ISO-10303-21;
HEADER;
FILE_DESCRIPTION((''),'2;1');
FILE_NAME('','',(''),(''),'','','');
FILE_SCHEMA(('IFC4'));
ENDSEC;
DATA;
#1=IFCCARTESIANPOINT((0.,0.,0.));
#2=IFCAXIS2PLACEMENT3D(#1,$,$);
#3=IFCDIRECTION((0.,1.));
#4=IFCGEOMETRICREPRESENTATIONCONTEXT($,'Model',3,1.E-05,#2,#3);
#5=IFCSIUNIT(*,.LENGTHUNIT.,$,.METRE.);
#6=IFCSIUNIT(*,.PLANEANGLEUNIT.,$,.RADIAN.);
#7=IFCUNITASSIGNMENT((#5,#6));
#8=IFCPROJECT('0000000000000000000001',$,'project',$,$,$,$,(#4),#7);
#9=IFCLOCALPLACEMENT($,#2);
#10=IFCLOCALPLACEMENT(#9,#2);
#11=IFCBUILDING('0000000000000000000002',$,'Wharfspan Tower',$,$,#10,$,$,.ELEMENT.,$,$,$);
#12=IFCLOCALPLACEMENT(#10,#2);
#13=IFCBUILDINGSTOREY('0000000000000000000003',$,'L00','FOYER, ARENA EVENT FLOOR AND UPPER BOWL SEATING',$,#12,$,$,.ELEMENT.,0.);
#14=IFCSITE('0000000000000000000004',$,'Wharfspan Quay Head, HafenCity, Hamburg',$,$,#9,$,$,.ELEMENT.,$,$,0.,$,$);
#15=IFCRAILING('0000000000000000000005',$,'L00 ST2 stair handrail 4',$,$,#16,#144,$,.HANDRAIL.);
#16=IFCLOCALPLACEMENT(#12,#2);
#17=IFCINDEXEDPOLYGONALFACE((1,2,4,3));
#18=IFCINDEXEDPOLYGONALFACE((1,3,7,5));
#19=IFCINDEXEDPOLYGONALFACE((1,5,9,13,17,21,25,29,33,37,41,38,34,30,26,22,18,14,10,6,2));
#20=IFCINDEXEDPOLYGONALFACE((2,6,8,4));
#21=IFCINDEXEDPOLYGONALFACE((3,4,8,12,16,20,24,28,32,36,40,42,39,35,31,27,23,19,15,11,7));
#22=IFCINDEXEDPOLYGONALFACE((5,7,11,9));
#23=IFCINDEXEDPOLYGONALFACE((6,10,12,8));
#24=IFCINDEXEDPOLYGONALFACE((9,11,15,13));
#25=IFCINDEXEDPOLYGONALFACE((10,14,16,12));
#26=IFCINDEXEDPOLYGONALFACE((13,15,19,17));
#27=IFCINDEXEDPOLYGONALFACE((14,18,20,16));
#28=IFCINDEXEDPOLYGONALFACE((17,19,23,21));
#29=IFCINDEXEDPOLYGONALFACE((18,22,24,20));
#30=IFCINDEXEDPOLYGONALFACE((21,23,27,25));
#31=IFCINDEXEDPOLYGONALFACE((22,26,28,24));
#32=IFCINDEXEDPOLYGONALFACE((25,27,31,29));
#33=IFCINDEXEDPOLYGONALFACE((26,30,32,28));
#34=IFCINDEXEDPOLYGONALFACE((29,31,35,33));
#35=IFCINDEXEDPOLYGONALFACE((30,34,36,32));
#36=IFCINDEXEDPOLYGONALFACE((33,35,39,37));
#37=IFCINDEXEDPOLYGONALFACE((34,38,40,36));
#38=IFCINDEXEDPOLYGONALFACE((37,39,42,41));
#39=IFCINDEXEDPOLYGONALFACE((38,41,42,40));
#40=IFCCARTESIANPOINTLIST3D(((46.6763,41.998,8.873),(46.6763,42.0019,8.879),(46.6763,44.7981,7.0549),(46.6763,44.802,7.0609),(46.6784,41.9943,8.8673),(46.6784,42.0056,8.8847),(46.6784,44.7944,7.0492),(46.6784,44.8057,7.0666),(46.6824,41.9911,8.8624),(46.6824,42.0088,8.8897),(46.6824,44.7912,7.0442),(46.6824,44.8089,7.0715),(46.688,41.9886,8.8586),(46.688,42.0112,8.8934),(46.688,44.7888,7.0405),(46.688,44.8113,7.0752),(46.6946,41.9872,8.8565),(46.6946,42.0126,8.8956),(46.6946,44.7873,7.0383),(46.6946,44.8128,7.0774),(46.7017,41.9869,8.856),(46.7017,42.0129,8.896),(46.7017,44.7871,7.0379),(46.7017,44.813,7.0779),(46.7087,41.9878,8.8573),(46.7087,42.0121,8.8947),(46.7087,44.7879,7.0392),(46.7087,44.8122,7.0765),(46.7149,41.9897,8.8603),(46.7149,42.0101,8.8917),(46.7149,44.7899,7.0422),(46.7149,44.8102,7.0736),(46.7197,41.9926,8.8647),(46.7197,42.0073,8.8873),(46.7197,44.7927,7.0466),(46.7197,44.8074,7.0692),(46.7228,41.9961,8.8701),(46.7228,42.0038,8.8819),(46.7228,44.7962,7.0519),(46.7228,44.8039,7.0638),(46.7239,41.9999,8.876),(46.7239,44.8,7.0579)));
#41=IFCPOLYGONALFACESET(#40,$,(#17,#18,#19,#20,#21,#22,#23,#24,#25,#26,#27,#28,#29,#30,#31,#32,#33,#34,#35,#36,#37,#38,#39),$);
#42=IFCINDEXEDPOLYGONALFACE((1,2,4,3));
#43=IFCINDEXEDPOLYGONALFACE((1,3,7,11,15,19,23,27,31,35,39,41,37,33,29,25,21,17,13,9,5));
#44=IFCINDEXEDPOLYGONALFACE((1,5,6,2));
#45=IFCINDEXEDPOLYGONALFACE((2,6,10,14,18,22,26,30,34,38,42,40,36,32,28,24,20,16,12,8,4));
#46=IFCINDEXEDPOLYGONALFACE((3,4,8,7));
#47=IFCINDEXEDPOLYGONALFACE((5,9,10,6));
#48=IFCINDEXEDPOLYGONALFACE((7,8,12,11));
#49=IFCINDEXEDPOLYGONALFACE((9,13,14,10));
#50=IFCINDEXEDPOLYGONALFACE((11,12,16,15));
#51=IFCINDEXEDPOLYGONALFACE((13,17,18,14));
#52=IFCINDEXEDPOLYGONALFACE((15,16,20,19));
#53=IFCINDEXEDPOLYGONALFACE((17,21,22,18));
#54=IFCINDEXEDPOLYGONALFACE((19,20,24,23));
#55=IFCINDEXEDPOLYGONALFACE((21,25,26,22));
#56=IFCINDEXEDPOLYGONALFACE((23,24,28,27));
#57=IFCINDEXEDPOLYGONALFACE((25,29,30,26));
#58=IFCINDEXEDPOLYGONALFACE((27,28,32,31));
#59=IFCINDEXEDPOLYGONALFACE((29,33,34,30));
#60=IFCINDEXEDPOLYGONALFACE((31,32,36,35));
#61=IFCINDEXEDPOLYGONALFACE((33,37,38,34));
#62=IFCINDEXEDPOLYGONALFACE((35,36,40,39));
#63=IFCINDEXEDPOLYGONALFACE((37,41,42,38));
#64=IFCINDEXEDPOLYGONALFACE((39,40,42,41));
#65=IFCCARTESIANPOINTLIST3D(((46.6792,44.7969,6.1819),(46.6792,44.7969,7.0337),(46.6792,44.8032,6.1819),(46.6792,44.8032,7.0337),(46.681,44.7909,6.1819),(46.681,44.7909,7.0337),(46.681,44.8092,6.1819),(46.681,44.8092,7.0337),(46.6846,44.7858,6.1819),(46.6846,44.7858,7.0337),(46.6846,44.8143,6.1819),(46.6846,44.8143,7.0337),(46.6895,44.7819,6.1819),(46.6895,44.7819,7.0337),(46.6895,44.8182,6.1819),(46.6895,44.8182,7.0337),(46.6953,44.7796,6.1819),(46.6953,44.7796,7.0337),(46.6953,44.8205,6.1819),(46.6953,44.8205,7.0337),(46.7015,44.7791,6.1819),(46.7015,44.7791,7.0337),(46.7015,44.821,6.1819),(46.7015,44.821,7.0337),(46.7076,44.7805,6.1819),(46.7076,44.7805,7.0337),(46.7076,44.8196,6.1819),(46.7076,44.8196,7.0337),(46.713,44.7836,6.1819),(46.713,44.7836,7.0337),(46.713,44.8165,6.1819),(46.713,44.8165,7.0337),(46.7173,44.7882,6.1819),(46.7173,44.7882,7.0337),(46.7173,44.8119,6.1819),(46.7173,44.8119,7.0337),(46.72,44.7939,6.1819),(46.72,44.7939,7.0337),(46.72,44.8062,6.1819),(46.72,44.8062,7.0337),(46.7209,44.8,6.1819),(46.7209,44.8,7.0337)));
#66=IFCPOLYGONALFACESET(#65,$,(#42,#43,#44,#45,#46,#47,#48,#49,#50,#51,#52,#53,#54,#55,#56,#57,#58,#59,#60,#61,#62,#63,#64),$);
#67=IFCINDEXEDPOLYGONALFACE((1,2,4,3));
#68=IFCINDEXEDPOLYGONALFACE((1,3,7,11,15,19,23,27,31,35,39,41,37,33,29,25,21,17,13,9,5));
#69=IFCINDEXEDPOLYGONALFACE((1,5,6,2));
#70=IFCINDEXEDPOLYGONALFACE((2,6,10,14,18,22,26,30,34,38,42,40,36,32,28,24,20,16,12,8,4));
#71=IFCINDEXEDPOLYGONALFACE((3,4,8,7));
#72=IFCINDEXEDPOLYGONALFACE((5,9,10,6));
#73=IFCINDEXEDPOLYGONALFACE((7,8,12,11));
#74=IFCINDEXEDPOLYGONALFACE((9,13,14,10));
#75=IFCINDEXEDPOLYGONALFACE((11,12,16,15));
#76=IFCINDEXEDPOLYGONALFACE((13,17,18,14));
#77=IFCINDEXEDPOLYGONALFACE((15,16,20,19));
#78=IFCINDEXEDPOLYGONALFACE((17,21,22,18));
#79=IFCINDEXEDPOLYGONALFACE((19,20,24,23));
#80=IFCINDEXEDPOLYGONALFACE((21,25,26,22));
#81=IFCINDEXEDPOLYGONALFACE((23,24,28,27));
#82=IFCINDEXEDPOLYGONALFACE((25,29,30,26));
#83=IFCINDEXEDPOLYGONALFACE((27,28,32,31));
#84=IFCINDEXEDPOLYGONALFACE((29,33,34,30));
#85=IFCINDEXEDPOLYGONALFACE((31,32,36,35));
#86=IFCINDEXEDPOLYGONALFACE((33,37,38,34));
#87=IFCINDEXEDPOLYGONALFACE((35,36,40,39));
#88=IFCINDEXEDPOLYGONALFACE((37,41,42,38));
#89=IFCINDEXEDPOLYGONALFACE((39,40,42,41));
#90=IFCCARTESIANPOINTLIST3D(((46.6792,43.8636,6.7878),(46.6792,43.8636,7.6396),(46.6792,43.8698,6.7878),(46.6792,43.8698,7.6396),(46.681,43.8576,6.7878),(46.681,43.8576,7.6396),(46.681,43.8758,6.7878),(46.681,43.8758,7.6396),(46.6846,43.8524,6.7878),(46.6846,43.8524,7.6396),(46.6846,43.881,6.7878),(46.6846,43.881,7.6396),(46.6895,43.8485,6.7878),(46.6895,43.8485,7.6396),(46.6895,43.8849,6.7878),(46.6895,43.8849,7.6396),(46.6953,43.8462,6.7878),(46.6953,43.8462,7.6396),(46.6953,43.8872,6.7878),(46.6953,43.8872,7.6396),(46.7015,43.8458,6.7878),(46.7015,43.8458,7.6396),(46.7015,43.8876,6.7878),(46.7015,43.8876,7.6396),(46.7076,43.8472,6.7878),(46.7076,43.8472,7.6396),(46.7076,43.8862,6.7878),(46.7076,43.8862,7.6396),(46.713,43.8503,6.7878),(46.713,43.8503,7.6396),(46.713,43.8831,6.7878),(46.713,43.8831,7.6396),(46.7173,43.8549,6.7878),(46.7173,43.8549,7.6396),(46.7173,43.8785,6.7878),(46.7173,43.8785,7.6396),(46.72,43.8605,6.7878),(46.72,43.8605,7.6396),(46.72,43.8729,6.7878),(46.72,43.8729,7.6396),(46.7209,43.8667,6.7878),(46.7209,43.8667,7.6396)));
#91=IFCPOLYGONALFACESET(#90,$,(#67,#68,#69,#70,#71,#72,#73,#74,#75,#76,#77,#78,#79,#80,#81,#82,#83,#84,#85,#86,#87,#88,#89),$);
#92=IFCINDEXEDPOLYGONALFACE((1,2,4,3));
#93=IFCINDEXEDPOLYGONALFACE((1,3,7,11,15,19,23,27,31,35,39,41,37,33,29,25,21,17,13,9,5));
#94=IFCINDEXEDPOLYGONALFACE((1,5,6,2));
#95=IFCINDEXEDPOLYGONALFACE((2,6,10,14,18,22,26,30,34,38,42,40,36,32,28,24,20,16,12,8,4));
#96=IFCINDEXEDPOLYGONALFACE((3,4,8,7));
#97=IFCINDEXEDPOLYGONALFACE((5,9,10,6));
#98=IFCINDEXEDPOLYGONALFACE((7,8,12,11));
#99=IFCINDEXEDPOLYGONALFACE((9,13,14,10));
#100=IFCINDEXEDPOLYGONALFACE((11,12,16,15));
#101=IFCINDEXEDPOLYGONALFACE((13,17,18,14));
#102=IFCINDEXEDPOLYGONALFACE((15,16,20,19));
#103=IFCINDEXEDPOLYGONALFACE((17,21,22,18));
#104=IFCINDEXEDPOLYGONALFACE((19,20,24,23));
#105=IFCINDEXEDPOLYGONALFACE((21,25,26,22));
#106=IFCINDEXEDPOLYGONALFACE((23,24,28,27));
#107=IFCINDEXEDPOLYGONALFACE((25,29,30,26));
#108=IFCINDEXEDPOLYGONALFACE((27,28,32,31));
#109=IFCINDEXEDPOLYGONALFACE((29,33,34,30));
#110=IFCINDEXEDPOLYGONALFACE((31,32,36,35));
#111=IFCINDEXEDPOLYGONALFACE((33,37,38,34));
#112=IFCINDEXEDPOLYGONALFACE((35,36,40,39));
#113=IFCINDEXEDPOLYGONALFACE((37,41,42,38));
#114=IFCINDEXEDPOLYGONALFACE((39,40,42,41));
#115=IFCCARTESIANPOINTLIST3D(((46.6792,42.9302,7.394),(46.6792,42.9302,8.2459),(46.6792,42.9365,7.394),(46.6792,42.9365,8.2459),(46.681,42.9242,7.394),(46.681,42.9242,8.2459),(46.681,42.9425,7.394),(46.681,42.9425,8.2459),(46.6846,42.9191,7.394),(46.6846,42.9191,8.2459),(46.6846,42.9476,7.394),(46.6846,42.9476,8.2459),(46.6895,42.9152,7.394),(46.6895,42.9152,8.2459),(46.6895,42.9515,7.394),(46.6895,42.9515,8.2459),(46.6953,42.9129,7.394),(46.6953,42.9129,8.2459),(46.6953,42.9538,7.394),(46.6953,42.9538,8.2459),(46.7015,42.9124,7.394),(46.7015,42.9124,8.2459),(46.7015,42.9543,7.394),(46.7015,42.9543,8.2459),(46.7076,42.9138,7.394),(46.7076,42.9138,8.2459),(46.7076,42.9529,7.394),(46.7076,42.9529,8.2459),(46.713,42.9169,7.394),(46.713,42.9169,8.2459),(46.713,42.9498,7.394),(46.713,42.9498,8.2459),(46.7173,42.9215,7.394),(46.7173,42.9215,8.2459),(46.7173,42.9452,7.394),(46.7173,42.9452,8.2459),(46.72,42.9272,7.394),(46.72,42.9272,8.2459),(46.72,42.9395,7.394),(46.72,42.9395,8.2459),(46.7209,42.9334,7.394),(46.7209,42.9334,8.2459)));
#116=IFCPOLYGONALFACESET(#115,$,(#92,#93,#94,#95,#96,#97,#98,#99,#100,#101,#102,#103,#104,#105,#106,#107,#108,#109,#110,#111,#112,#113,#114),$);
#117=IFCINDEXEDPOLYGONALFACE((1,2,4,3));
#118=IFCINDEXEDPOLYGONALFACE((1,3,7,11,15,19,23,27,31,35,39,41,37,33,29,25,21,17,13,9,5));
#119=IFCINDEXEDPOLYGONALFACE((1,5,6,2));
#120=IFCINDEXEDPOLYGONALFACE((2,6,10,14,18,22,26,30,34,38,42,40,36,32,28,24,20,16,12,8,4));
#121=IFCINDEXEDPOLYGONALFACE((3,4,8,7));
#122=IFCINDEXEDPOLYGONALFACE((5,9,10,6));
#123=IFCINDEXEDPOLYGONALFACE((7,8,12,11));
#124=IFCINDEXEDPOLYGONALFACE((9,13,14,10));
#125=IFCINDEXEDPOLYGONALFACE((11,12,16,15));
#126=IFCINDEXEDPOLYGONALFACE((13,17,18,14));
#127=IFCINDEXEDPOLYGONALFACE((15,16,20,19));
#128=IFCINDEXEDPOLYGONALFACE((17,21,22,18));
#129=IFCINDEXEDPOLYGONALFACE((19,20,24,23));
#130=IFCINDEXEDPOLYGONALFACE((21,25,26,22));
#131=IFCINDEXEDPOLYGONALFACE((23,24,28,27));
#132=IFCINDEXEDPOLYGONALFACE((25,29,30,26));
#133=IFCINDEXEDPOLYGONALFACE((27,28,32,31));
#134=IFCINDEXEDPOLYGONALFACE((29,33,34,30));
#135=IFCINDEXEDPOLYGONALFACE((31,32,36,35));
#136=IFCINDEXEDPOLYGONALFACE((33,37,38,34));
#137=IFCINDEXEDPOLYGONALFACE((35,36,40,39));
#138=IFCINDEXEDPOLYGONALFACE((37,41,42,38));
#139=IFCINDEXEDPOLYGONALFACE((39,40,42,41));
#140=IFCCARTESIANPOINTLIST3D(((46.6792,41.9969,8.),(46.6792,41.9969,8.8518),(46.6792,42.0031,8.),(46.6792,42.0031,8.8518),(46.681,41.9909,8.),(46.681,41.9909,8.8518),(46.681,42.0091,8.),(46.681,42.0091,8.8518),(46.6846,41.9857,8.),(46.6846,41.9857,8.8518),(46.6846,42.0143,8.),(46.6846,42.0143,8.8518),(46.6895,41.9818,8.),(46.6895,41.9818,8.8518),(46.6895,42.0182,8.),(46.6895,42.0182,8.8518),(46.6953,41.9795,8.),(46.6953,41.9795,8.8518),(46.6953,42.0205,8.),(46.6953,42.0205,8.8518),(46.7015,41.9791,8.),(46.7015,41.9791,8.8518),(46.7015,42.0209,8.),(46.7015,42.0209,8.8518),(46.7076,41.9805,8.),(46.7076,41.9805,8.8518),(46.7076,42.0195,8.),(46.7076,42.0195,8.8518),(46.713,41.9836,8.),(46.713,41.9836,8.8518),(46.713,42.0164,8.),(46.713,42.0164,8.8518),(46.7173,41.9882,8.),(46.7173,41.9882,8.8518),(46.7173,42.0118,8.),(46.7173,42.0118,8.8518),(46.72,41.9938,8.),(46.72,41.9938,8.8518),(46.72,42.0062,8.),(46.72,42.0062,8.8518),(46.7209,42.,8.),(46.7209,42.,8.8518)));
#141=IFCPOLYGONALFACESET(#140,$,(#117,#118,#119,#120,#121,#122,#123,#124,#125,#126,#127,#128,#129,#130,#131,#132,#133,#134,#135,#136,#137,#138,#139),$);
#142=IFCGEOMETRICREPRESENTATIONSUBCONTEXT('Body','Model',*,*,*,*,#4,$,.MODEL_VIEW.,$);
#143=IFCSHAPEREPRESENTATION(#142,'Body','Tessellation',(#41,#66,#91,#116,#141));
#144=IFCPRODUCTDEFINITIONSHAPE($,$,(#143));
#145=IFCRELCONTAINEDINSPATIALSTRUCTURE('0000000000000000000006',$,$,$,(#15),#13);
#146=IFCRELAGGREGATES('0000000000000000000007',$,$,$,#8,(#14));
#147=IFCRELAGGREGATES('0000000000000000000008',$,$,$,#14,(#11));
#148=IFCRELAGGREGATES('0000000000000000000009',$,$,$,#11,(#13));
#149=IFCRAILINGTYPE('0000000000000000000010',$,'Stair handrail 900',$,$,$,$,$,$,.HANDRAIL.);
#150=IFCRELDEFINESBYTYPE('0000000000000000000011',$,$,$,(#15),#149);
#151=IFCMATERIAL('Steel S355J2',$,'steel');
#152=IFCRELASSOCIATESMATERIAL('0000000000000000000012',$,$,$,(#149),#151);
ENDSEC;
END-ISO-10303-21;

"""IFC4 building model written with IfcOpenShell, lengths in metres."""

from ifc_helpers import new_model, si_unit, direction, frame, origin, origin_2d, place, context, subcontext, project, spatial, circle, extrude, material, type_object, element, save


model = new_model("IFC4")

# Units and contexts
model_context = context("Model", 3, precision=1e-05, world=origin(), true_north=direction((0.0, 1.0)))
body_context = subcontext(model_context, "Body", "Model", "MODEL_VIEW")
ifc_project = project(units=[si_unit("LENGTHUNIT", "METRE"), si_unit("PLANEANGLEUNIT", "RADIAN")], contexts=[model_context])

# Site, building, storey
site_placement = place(None, origin())
site = spatial("IfcSite", under=ifc_project, at=site_placement, Name="Wharfspan Quay Head, HafenCity, Hamburg", CompositionType="ELEMENT", RefElevation=0.0)
building_placement = place(site_placement, origin())
building = spatial("IfcBuilding", under=site, at=building_placement, Name="Wharfspan Tower", CompositionType="ELEMENT")
storey_placement = place(building_placement, origin())
storey = spatial("IfcBuildingStorey", under=building, at=storey_placement, Name="L00", Description="FOYER, ARENA EVENT FLOOR AND UPPER BOWL SEATING", CompositionType="ELEMENT", Elevation=0.0)

# Railing
ifc_material_1 = material(Name="Steel S355J2", Category="steel")
railing_type_1 = type_object("IfcRailingType", Name="Stair handrail 900", PredefinedType="HANDRAIL", material=ifc_material_1)
for number, where, name in (
    (1, (46.7, 44.8, 6.1819), "L00 ST2 stair handrail 4"),
):
    element("IfcRailing", number, at=place(storey_placement, frame(where)), inside=storey, type_object=railing_type_1, Name=name, PredefinedType="HANDRAIL", context=body_context, shape_type="SweptSolid", body=[
        extrude(circle(Radius=0.0239, at=origin_2d()), frame((0.0, 0.0, 0.876), z_axis=(0.0, -0.838706, 0.544585), x_axis=(1.0, 0.0, 0.0)), (0.0, 0.0, 1.0), 3.3386),
        extrude(circle(Radius=0.021, at=origin_2d()), origin(), (0.0, 0.0, 1.0), 0.8518),
        extrude(circle(Radius=0.021, at=origin_2d()), frame((0.0, -0.9334, 0.606)), (0.0, 0.0, 1.0), 0.8518),
        extrude(circle(Radius=0.021, at=origin_2d()), frame((0.0, -1.8667, 1.2122)), (0.0, 0.0, 1.0), 0.8518),
        extrude(circle(Radius=0.021, at=origin_2d()), frame((0.0, -2.8, 1.8181)), (0.0, 0.0, 1.0), 0.8518),
    ])

save(model, "model.ifc")
